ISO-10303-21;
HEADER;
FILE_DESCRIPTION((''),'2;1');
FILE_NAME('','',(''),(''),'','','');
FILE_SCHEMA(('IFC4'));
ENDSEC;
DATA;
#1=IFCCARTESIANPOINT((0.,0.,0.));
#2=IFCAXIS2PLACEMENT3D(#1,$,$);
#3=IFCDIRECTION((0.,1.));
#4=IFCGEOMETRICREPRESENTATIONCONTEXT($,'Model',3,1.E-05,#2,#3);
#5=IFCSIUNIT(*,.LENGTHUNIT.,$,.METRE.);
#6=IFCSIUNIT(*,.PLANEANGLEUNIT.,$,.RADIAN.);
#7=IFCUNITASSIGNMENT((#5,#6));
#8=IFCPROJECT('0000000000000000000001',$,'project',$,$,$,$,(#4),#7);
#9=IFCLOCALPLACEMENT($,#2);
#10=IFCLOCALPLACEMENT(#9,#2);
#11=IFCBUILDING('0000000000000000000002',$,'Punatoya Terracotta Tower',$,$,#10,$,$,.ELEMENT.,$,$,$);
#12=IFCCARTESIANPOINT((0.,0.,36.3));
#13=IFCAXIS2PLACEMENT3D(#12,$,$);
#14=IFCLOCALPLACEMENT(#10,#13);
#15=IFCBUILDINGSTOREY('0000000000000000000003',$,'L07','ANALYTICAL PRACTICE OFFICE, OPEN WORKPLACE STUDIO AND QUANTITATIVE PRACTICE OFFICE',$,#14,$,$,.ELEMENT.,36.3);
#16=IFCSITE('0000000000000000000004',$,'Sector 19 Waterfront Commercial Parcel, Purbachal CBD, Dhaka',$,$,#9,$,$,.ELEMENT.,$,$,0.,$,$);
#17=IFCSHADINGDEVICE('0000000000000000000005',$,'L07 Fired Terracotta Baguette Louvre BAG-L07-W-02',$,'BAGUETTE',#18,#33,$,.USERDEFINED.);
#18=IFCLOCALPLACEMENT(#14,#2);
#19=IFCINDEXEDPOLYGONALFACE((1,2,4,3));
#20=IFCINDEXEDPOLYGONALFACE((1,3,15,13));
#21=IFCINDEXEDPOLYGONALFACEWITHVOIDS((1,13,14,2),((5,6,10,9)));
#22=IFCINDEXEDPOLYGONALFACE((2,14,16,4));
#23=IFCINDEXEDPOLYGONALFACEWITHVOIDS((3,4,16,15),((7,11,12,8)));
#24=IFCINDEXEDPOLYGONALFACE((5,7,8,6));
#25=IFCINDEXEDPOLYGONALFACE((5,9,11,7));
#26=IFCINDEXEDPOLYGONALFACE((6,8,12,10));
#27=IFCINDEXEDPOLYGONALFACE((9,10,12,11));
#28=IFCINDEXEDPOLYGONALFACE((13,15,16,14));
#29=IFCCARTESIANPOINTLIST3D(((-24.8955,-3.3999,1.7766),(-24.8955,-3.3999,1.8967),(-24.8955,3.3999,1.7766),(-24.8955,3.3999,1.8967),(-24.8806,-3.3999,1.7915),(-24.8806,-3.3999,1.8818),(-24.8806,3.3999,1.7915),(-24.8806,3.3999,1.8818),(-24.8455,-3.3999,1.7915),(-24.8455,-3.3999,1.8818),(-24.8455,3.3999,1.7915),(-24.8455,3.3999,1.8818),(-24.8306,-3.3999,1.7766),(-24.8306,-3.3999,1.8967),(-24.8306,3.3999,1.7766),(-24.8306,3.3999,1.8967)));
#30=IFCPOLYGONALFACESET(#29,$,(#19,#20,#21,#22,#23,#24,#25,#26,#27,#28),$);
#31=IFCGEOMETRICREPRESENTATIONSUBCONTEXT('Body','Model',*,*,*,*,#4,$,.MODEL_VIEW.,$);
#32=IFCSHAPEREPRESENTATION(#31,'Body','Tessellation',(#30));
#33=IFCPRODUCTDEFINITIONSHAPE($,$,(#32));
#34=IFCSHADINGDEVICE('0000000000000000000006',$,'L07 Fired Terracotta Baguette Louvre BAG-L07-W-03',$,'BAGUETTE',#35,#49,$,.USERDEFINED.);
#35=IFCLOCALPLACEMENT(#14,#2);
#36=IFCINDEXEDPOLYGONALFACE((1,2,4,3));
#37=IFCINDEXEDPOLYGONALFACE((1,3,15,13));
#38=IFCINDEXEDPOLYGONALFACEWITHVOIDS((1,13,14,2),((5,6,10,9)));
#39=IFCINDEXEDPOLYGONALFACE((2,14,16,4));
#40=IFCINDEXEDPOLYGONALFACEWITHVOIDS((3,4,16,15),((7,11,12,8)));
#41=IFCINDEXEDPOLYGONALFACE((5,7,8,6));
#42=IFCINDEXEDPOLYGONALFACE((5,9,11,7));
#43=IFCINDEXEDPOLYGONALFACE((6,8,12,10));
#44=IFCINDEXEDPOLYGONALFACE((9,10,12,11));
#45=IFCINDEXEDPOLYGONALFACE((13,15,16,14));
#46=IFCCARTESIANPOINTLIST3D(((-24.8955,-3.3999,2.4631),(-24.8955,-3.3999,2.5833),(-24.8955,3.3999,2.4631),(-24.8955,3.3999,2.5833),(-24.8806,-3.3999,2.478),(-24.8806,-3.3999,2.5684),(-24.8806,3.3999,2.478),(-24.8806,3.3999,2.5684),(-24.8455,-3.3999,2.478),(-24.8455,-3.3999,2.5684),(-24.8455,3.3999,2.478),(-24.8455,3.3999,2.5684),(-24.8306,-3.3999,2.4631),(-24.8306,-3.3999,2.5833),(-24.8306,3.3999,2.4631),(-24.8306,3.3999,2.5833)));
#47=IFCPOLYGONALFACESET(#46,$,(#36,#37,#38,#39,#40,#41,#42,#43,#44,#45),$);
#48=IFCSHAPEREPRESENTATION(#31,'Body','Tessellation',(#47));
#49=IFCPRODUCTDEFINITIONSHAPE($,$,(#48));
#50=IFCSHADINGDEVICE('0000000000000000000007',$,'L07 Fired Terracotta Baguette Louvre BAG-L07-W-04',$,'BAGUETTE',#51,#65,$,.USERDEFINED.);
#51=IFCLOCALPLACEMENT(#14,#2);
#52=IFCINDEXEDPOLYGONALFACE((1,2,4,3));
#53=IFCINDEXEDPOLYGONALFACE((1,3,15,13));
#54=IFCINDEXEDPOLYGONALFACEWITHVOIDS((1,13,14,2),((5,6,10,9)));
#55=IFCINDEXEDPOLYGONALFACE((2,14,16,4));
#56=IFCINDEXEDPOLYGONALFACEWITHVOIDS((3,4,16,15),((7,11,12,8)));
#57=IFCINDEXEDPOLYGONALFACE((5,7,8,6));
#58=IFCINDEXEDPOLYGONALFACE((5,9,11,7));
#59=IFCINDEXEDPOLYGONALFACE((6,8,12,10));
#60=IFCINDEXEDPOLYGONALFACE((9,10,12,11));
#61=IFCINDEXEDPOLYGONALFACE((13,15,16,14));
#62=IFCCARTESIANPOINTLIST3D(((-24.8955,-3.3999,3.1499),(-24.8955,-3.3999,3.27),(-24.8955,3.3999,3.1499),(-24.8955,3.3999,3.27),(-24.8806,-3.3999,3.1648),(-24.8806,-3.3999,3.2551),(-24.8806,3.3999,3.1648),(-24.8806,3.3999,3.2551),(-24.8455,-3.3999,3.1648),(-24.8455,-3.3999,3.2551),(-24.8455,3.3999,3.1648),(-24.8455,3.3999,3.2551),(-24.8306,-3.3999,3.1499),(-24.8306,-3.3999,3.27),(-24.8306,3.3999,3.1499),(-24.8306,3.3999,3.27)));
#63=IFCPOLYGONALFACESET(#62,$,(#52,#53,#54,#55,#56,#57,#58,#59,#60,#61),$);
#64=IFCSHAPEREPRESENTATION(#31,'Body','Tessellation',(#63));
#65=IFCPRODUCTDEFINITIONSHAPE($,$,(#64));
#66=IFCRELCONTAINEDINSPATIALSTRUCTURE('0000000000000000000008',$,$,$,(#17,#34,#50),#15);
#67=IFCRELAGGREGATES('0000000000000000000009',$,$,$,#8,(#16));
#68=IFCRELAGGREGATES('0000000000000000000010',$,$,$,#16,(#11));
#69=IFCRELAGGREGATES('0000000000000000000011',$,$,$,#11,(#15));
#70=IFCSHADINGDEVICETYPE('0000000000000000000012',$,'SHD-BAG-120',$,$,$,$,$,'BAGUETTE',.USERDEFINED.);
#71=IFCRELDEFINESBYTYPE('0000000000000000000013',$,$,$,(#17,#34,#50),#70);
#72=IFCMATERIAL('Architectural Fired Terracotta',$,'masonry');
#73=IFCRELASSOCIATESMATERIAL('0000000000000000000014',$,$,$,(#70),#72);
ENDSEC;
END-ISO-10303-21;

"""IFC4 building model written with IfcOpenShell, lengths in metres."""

from ifc_helpers import new_model, si_unit, direction, frame, origin, origin_2d, place, context, subcontext, project, spatial, hollow_rectangle, extrude, material, material_profile, profile_set, type_object, element, save


model = new_model("IFC4")

# Units and contexts
model_context = context("Model", 3, precision=1e-05, world=origin(), true_north=direction((0.0, 1.0)))
body_context = subcontext(model_context, "Body", "Model", "MODEL_VIEW")
ifc_project = project(units=[si_unit("LENGTHUNIT", "METRE"), si_unit("PLANEANGLEUNIT", "RADIAN")], contexts=[model_context])

# Site, building, storey
site_placement = place(None, origin())
site = spatial("IfcSite", under=ifc_project, at=site_placement, Name="Sector 19 Waterfront Commercial Parcel, Purbachal CBD, Dhaka", CompositionType="ELEMENT", RefElevation=0.0)
building_placement = place(site_placement, origin())
building = spatial("IfcBuilding", under=site, at=building_placement, Name="Punatoya Terracotta Tower", CompositionType="ELEMENT")
storey_placement = place(building_placement, frame((0.0, 0.0, 36.3)))
storey = spatial("IfcBuildingStorey", under=building, at=storey_placement, Name="L07", Description="ANALYTICAL PRACTICE OFFICE, OPEN WORKPLACE STUDIO AND QUANTITATIVE PRACTICE OFFICE", CompositionType="ELEMENT", Elevation=36.3)

# Shading devices
ifc_material_1 = material(Name="Architectural Fired Terracotta", Category="masonry")
ifc_material_profile_1 = material_profile(ifc_material_1, hollow_rectangle(XDim=0.0649, YDim=0.1201, WallThickness=0.0149, at=origin_2d()))
ifc_profile_set_1 = profile_set([ifc_material_profile_1], Name="Architectural Fired Terracotta")
shading_device_type = type_object("IfcShadingDeviceType", Name="SHD-BAG-120", ElementType="BAGUETTE", PredefinedType="USERDEFINED", material=ifc_profile_set_1)
for number, where, z_axis, x_axis, name in (
    (1, (-24.863, -3.3999, 1.8367), (0.0, 1.0, 0.0), (-1.0, 0.0, 0.0), "L07 Fired Terracotta Baguette Louvre BAG-L07-W-02"),
    (2, (-24.863, -3.3999, 2.5232), (0.0, 1.0, 0.0), (-1.0, 0.0, 0.0), "L07 Fired Terracotta Baguette Louvre BAG-L07-W-03"),
    (3, (-24.863, -3.3999, 3.21), (0.0, 1.0, 0.0), (-1.0, 0.0, 0.0), "L07 Fired Terracotta Baguette Louvre BAG-L07-W-04"),
):
    element("IfcShadingDevice", number, at=place(storey_placement, frame(where, z_axis=z_axis, x_axis=x_axis)), inside=storey, type_object=shading_device_type, Name=name, ObjectType="BAGUETTE", PredefinedType="USERDEFINED", context=body_context, shape_type="SweptSolid", body=[
        extrude(hollow_rectangle(XDim=0.0649, YDim=0.1201, WallThickness=0.0149, at=origin_2d()), origin(), (0.0, 0.0, 1.0), 6.7998),
    ])

save(model, "model.ifc")
